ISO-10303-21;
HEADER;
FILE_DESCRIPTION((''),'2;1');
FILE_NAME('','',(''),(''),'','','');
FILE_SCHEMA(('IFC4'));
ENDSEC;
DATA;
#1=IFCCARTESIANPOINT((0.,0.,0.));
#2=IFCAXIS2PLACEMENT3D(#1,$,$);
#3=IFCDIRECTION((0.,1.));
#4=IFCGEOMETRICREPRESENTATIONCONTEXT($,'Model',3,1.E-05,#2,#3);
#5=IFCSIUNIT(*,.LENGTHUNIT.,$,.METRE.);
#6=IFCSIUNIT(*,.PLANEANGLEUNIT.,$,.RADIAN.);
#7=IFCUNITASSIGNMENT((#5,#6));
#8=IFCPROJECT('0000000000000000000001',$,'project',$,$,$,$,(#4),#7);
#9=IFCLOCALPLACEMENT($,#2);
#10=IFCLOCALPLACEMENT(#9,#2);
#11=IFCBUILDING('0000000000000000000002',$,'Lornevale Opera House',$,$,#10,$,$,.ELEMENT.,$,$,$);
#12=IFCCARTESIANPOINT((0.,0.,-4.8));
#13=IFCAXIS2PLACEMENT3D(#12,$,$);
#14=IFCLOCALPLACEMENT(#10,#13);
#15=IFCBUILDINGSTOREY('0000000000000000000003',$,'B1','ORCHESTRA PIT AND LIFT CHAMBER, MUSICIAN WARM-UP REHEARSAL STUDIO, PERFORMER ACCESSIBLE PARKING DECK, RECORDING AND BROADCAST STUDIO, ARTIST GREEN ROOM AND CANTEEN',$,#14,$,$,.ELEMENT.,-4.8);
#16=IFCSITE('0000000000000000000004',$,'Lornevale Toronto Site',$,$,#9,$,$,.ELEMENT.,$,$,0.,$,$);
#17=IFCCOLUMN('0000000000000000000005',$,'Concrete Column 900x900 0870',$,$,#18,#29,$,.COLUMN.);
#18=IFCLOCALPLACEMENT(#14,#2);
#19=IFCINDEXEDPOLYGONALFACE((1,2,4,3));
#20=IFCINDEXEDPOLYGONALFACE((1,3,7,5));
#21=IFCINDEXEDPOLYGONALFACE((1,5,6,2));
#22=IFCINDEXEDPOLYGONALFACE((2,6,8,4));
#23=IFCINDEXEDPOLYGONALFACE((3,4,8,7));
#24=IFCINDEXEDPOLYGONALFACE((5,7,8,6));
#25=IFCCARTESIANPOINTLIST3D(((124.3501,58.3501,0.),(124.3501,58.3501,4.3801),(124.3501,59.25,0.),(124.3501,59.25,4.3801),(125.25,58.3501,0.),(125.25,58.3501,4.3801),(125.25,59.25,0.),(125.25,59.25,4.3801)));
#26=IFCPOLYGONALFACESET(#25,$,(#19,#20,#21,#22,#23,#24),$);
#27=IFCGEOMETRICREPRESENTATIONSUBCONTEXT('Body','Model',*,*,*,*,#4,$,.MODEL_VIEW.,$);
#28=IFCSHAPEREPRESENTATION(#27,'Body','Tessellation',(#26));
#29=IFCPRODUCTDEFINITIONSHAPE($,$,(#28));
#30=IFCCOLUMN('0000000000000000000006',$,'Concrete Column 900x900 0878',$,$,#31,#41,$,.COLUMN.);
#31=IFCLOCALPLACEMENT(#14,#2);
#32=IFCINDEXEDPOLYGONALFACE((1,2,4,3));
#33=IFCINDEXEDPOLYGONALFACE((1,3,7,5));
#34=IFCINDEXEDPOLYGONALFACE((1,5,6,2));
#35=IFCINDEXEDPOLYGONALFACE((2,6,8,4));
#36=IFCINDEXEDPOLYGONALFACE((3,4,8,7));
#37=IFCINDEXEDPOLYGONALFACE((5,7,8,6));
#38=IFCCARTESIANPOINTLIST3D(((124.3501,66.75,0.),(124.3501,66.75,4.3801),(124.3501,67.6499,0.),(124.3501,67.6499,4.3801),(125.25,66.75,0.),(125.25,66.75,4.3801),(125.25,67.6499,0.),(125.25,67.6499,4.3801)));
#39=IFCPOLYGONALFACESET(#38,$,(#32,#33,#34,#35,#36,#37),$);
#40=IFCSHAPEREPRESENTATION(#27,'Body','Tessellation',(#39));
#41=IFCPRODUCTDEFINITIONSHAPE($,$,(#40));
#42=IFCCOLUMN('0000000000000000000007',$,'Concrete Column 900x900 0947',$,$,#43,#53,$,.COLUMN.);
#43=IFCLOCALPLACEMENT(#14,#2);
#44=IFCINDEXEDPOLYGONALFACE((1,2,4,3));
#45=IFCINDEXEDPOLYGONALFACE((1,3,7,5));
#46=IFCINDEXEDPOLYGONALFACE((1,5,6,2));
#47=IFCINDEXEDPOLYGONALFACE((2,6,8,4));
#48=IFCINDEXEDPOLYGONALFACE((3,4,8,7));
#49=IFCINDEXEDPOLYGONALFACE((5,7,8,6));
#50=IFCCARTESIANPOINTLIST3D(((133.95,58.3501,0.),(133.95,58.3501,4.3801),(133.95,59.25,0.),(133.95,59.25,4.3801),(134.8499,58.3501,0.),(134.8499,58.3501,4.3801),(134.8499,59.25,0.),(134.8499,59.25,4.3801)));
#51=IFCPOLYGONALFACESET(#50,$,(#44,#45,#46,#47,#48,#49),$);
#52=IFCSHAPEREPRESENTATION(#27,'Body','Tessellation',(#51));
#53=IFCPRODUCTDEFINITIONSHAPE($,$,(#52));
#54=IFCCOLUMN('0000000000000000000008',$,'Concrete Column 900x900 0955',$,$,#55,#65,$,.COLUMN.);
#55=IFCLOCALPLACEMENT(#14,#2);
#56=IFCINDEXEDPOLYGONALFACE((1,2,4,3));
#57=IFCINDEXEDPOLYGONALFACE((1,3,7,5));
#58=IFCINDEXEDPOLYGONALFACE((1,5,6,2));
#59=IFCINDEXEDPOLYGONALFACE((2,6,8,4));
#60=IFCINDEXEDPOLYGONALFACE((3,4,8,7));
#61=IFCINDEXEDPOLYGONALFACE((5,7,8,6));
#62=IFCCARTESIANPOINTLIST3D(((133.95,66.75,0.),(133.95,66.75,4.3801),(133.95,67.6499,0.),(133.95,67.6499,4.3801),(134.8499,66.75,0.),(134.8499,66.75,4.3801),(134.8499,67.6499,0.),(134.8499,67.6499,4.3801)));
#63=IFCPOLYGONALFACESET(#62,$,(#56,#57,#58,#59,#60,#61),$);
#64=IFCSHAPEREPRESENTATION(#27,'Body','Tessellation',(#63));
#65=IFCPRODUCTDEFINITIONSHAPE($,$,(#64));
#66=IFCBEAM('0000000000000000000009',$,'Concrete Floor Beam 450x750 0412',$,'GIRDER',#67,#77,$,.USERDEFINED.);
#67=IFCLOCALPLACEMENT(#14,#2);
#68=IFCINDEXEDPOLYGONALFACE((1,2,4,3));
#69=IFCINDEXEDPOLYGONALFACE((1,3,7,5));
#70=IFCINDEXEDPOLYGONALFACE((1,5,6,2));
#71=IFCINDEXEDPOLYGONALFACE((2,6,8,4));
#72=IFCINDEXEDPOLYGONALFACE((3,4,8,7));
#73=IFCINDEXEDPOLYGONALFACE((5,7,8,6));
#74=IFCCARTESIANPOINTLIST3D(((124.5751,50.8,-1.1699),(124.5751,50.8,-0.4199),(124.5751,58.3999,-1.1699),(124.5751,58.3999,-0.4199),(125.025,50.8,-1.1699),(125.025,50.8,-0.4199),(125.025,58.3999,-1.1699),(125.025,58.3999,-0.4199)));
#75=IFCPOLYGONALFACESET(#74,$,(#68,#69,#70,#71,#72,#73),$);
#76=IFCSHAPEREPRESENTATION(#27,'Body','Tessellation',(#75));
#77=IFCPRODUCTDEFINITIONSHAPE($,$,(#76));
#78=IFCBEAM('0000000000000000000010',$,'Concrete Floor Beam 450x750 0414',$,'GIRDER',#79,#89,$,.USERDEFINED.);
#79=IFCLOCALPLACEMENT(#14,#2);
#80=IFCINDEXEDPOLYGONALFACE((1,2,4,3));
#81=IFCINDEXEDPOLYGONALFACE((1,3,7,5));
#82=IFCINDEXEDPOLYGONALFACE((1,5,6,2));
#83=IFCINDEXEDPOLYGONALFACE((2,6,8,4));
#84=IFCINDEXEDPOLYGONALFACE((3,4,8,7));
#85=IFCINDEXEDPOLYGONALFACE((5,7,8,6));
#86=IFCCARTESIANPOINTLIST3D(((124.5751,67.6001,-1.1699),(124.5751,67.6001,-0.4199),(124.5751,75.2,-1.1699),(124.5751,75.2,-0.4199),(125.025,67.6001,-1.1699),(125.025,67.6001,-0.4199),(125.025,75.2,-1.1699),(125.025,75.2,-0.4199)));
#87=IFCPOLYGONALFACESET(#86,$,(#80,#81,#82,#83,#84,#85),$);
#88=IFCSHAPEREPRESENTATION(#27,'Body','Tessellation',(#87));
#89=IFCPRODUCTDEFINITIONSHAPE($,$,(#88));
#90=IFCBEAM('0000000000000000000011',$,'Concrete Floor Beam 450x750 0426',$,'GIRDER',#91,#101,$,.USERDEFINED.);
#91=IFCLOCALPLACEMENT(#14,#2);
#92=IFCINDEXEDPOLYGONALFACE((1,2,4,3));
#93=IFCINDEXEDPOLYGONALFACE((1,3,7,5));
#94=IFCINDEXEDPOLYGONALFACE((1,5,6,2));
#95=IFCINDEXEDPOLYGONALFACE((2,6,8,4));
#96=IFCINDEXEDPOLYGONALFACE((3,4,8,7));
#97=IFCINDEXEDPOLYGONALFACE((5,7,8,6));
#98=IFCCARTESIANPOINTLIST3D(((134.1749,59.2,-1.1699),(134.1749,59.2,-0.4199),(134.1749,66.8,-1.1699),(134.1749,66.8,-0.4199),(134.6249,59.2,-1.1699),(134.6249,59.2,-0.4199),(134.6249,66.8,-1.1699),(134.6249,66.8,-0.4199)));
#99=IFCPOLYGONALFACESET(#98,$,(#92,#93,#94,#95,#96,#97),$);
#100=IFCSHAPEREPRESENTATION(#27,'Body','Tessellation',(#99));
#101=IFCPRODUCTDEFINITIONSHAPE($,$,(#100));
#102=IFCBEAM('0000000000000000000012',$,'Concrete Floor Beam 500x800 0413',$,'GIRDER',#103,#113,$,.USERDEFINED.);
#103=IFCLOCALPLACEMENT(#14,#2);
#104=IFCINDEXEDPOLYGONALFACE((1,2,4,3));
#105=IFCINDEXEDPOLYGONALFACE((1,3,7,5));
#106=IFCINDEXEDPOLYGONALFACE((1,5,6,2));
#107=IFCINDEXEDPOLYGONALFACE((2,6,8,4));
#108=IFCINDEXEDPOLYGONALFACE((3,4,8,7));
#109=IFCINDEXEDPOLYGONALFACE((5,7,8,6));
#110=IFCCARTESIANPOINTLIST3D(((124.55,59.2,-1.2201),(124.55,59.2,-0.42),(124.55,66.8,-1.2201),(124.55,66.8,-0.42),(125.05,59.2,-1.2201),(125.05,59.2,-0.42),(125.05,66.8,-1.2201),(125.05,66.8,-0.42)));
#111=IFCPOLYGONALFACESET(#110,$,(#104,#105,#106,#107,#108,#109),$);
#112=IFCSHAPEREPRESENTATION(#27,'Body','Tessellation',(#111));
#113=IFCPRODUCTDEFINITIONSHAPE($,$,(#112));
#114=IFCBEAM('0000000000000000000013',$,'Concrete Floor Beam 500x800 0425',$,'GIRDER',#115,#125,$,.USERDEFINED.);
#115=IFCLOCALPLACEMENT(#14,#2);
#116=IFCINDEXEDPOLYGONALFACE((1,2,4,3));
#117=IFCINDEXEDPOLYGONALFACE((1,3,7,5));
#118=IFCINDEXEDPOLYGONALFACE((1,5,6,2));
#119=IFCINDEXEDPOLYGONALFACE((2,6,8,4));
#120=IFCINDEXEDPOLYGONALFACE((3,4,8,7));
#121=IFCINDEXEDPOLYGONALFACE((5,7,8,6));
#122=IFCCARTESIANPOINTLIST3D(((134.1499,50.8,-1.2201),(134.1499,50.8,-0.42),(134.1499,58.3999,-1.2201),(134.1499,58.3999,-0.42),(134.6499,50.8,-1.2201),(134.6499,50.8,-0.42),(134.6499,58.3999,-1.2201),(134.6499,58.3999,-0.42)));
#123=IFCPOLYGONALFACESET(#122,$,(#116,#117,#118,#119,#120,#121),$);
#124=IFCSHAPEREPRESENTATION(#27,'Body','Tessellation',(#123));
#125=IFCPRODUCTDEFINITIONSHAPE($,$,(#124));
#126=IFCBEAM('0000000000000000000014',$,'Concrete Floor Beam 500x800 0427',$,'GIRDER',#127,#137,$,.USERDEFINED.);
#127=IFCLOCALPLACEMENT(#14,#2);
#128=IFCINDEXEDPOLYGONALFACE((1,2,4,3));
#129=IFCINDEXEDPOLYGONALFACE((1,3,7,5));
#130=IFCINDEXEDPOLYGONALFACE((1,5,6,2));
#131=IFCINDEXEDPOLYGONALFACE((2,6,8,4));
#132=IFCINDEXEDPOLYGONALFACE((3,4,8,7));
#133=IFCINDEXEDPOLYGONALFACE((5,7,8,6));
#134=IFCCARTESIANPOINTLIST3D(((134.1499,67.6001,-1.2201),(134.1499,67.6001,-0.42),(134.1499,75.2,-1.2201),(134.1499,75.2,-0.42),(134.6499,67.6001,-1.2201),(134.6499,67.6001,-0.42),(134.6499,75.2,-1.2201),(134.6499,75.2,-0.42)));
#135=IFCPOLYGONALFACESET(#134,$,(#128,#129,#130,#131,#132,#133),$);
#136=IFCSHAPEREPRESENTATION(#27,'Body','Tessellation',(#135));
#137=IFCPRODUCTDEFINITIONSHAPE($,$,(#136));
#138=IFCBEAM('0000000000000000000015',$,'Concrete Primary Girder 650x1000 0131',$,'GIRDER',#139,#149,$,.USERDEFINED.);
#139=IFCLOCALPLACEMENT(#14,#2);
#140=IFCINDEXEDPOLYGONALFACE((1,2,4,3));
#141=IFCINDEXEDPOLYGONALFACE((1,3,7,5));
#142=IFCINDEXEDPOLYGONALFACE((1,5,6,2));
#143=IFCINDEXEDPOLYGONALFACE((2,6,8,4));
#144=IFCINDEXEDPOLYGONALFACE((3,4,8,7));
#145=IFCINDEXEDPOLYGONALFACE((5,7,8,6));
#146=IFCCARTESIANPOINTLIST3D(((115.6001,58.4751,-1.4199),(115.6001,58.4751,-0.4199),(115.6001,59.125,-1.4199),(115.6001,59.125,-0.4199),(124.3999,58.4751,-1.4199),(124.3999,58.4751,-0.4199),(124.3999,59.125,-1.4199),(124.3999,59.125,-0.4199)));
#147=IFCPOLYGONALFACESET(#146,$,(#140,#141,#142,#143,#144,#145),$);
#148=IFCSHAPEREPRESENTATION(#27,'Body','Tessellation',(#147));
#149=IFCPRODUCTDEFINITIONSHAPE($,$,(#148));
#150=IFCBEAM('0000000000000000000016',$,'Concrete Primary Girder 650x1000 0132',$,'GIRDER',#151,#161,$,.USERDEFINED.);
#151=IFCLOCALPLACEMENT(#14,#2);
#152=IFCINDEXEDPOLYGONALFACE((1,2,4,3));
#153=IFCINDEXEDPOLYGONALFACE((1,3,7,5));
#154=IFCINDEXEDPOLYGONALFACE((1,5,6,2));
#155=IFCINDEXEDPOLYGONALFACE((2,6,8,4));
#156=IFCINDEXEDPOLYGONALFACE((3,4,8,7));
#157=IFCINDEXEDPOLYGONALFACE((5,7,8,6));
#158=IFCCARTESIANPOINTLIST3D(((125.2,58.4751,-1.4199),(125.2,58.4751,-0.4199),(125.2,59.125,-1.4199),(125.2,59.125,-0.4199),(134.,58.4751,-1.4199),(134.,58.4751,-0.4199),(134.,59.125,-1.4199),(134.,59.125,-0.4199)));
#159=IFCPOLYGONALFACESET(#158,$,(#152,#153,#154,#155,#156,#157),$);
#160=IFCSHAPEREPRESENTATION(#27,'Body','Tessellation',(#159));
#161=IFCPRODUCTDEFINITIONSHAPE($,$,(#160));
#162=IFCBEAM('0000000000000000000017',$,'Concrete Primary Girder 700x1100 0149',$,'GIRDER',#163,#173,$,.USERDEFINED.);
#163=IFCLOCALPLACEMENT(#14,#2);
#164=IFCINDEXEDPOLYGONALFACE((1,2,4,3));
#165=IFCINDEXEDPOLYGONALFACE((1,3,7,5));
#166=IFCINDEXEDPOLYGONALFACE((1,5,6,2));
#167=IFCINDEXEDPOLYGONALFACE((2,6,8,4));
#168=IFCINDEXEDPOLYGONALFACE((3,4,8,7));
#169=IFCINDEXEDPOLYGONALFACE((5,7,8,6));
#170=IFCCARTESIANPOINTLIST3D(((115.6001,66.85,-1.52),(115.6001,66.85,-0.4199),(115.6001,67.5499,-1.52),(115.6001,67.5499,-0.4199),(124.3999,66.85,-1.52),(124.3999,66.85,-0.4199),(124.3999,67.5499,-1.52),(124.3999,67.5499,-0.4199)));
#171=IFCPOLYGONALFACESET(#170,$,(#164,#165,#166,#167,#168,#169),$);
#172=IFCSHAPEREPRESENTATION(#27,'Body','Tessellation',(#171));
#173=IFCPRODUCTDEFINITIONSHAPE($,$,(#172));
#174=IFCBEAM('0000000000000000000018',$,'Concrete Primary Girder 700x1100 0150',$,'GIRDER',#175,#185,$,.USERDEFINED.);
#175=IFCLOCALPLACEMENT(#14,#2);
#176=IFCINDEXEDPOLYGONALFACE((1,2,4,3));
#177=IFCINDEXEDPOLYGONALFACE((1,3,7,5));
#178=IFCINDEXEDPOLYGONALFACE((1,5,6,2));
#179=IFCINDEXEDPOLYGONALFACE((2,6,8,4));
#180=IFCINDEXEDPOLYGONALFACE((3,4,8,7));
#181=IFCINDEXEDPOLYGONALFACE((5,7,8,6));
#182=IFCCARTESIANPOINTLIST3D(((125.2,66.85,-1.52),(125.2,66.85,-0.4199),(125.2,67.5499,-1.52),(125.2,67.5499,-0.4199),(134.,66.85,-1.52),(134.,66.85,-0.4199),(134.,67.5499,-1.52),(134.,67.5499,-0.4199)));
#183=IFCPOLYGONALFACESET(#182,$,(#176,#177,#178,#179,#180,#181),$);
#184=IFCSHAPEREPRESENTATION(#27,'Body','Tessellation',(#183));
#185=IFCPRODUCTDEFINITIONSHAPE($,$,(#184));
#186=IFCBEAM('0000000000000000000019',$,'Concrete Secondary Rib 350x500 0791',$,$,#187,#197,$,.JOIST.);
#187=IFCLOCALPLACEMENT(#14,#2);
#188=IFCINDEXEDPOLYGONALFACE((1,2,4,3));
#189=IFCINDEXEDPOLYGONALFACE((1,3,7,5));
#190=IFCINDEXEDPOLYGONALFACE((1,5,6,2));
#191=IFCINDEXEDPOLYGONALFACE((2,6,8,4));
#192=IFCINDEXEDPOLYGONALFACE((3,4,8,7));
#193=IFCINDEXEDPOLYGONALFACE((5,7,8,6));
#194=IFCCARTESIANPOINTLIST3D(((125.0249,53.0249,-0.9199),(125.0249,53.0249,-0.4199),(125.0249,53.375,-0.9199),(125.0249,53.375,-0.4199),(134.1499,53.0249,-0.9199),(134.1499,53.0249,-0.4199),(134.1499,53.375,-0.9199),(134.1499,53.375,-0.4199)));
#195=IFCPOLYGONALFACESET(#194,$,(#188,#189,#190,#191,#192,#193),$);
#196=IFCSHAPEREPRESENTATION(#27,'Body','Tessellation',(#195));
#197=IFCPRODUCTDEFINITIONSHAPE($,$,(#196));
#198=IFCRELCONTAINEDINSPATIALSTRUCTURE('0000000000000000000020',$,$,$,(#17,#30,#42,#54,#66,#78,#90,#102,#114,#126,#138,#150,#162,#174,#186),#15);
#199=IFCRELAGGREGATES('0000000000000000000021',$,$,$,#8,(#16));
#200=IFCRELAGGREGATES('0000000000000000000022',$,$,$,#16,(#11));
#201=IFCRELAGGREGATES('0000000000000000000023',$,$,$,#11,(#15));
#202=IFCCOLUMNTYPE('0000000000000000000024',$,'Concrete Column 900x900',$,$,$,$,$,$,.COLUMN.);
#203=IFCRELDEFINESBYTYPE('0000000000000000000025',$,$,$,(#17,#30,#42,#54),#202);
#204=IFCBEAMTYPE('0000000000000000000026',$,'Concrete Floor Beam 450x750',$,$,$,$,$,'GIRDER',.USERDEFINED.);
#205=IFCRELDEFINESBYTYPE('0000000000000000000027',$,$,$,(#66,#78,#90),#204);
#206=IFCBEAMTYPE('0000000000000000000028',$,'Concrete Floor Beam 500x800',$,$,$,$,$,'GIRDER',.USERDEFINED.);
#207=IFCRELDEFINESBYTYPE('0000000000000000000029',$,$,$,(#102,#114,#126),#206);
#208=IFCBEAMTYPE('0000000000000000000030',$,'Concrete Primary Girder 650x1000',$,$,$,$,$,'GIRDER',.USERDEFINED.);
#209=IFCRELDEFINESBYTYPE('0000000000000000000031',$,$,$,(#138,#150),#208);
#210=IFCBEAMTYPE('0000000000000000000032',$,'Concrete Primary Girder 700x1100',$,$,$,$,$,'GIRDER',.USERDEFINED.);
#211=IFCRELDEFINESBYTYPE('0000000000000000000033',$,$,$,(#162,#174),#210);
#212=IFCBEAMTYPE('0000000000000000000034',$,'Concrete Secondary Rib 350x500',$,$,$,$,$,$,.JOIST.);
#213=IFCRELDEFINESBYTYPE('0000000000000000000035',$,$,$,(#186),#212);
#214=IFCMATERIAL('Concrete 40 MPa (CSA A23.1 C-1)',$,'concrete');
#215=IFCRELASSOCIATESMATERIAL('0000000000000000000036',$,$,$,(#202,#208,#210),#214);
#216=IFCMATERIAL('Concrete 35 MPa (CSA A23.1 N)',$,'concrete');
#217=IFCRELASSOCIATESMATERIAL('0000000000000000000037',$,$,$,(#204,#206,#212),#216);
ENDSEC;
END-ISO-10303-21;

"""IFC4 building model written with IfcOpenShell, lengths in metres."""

from ifc_helpers import new_model, si_unit, direction, frame, origin, origin_2d, place, context, subcontext, project, spatial, rectangle, extrude, material, material_profile, profile_set, type_object, element, save


model = new_model("IFC4")

# Units and contexts
model_context = context("Model", 3, precision=1e-05, world=origin(), true_north=direction((0.0, 1.0)))
body_context = subcontext(model_context, "Body", "Model", "MODEL_VIEW")
ifc_project = project(units=[si_unit("LENGTHUNIT", "METRE"), si_unit("PLANEANGLEUNIT", "RADIAN")], contexts=[model_context])

# Site, building, storey
site_placement = place(None, origin())
site = spatial("IfcSite", under=ifc_project, at=site_placement, Name="Lornevale Toronto Site", CompositionType="ELEMENT", RefElevation=0.0)
building_placement = place(site_placement, origin())
building = spatial("IfcBuilding", under=site, at=building_placement, Name="Lornevale Opera House", CompositionType="ELEMENT")
storey_placement = place(building_placement, frame((0.0, 0.0, -4.8)))
storey = spatial("IfcBuildingStorey", under=building, at=storey_placement, Name="B1", Description="ORCHESTRA PIT AND LIFT CHAMBER, MUSICIAN WARM-UP REHEARSAL STUDIO, PERFORMER ACCESSIBLE PARKING DECK, RECORDING AND BROADCAST STUDIO, ARTIST GREEN ROOM AND CANTEEN", CompositionType="ELEMENT", Elevation=-4.8)

# Columns
ifc_material_1 = material(Name="Concrete 40 MPa (CSA A23.1 C-1)", Category="concrete")
ifc_material_profile_1 = material_profile(ifc_material_1, rectangle(XDim=0.8999, YDim=0.8999, at=origin_2d()), Name="RC900x900")
ifc_profile_set_1 = profile_set([ifc_material_profile_1], Name="Concrete 40 MPa (CSA A23.1 C-1)")
column_type = type_object("IfcColumnType", Name="Concrete Column 900x900", PredefinedType="COLUMN", material=ifc_profile_set_1)
for number, where, z_axis, x_axis, name in (
    (1, (124.8, 58.8, 0.0), (0.0, 0.0, 1.0), (1.0, 0.0, 0.0), "Concrete Column 900x900 0870"),
    (2, (124.8, 67.2, 0.0), (0.0, 0.0, 1.0), (1.0, 0.0, 0.0), "Concrete Column 900x900 0878"),
    (3, (134.3999, 58.8, 0.0), (0.0, 0.0, 1.0), (1.0, 0.0, 0.0), "Concrete Column 900x900 0947"),
    (4, (134.3999, 67.2, 0.0), (0.0, 0.0, 1.0), (1.0, 0.0, 0.0), "Concrete Column 900x900 0955"),
):
    element("IfcColumn", number, at=place(storey_placement, frame(where, z_axis=z_axis, x_axis=x_axis)), inside=storey, type_object=column_type, Name=name, PredefinedType="COLUMN", context=body_context, shape_type="SweptSolid", body=[
        extrude(rectangle(XDim=0.8999, YDim=0.8999, at=origin_2d()), origin(), (0.0, 0.0, 1.0), 4.3801),
    ])

# Beams
ifc_material_2 = material(Name="Concrete 35 MPa (CSA A23.1 N)", Category="concrete")
ifc_material_profile_2 = material_profile(ifc_material_2, rectangle(XDim=0.45, YDim=0.75, at=origin_2d()), Name="RC450x750")
ifc_profile_set_2 = profile_set([ifc_material_profile_2], Name="Concrete 35 MPa (CSA A23.1 N)")
beam_type_1 = type_object("IfcBeamType", Name="Concrete Floor Beam 450x750", ElementType="GIRDER", PredefinedType="USERDEFINED", material=ifc_profile_set_2)
for number, where, z_axis, x_axis, name in (
    (5, (124.8, 50.8, -0.7949), (0.0, 1.0, 0.0), (-1.0, 0.0, 0.0), "Concrete Floor Beam 450x750 0412"),
    (6, (124.8, 67.6001, -0.7949), (0.0, 1.0, 0.0), (-1.0, 0.0, 0.0), "Concrete Floor Beam 450x750 0414"),
):
    element("IfcBeam", number, at=place(storey_placement, frame(where, z_axis=z_axis, x_axis=x_axis)), inside=storey, type_object=beam_type_1, Name=name, ObjectType="GIRDER", PredefinedType="USERDEFINED", context=body_context, shape_type="SweptSolid", body=[
        extrude(rectangle(XDim=0.45, YDim=0.75, at=origin_2d()), origin(), (0.0, 0.0, 1.0), 7.5999),
    ])
beam_1_placement = place(storey_placement, frame((134.3999, 59.2, -0.7949), z_axis=(0.0, 1.0, 0.0), x_axis=(-1.0, 0.0, 0.0)))
element("IfcBeam", 7, at=beam_1_placement, inside=storey, type_object=beam_type_1, Name="Concrete Floor Beam 450x750 0426", ObjectType="GIRDER", PredefinedType="USERDEFINED", context=body_context, shape_type="SweptSolid", body=[
    extrude(rectangle(XDim=0.45, YDim=0.75, at=origin_2d()), origin(), (0.0, 0.0, 1.0), 7.6001),
])
ifc_material_profile_3 = material_profile(ifc_material_2, rectangle(XDim=0.5, YDim=0.8, at=origin_2d()), Name="RC500x800")
ifc_profile_set_3 = profile_set([ifc_material_profile_3], Name="Concrete 35 MPa (CSA A23.1 N)")
beam_type_2 = type_object("IfcBeamType", Name="Concrete Floor Beam 500x800", ElementType="GIRDER", PredefinedType="USERDEFINED", material=ifc_profile_set_3)
beam_2_placement = place(storey_placement, frame((124.8, 59.2, -0.8201), z_axis=(0.0, 1.0, 0.0), x_axis=(-1.0, 0.0, 0.0)))
element("IfcBeam", 8, at=beam_2_placement, inside=storey, type_object=beam_type_2, Name="Concrete Floor Beam 500x800 0413", ObjectType="GIRDER", PredefinedType="USERDEFINED", context=body_context, shape_type="SweptSolid", body=[
    extrude(rectangle(XDim=0.5, YDim=0.8, at=origin_2d()), origin(), (0.0, 0.0, 1.0), 7.6001),
])
for number, where, z_axis, x_axis, name in (
    (9, (134.3999, 50.8, -0.8201), (0.0, 1.0, 0.0), (-1.0, 0.0, 0.0), "Concrete Floor Beam 500x800 0425"),
    (10, (134.3999, 67.6001, -0.8201), (0.0, 1.0, 0.0), (-1.0, 0.0, 0.0), "Concrete Floor Beam 500x800 0427"),
):
    element("IfcBeam", number, at=place(storey_placement, frame(where, z_axis=z_axis, x_axis=x_axis)), inside=storey, type_object=beam_type_2, Name=name, ObjectType="GIRDER", PredefinedType="USERDEFINED", context=body_context, shape_type="SweptSolid", body=[
        extrude(rectangle(XDim=0.5, YDim=0.8, at=origin_2d()), origin(), (0.0, 0.0, 1.0), 7.5999),
    ])
ifc_material_profile_4 = material_profile(ifc_material_1, rectangle(XDim=0.6499, YDim=1.0, at=origin_2d()), Name="RC650x1000")
ifc_profile_set_4 = profile_set([ifc_material_profile_4], Name="Concrete 40 MPa (CSA A23.1 C-1)")
beam_type_3 = type_object("IfcBeamType", Name="Concrete Primary Girder 650x1000", ElementType="GIRDER", PredefinedType="USERDEFINED", material=ifc_profile_set_4)
beam_3_placement = place(storey_placement, frame((115.6001, 58.8, -0.9199), z_axis=(1.0, 0.0, 0.0), x_axis=(0.0, 1.0, 0.0)))
element("IfcBeam", 11, at=beam_3_placement, inside=storey, type_object=beam_type_3, Name="Concrete Primary Girder 650x1000 0131", ObjectType="GIRDER", PredefinedType="USERDEFINED", context=body_context, shape_type="SweptSolid", body=[
    extrude(rectangle(XDim=0.6499, YDim=1.0, at=origin_2d()), origin(), (0.0, 0.0, 1.0), 8.7998),
])
beam_4_placement = place(storey_placement, frame((125.2, 58.8, -0.9199), z_axis=(1.0, 0.0, 0.0), x_axis=(0.0, 1.0, 0.0)))
element("IfcBeam", 12, at=beam_4_placement, inside=storey, type_object=beam_type_3, Name="Concrete Primary Girder 650x1000 0132", ObjectType="GIRDER", PredefinedType="USERDEFINED", context=body_context, shape_type="SweptSolid", body=[
    extrude(rectangle(XDim=0.6499, YDim=1.0, at=origin_2d()), origin(), (0.0, 0.0, 1.0), 8.8),
])
ifc_material_profile_5 = material_profile(ifc_material_1, rectangle(XDim=0.7, YDim=1.1001, at=origin_2d()), Name="RC700x1100")
ifc_profile_set_5 = profile_set([ifc_material_profile_5], Name="Concrete 40 MPa (CSA A23.1 C-1)")
beam_type_4 = type_object("IfcBeamType", Name="Concrete Primary Girder 700x1100", ElementType="GIRDER", PredefinedType="USERDEFINED", material=ifc_profile_set_5)
beam_5_placement = place(storey_placement, frame((115.6001, 67.2, -0.97), z_axis=(1.0, 0.0, 0.0), x_axis=(0.0, 1.0, 0.0)))
element("IfcBeam", 13, at=beam_5_placement, inside=storey, type_object=beam_type_4, Name="Concrete Primary Girder 700x1100 0149", ObjectType="GIRDER", PredefinedType="USERDEFINED", context=body_context, shape_type="SweptSolid", body=[
    extrude(rectangle(XDim=0.7, YDim=1.1001, at=origin_2d()), origin(), (0.0, 0.0, 1.0), 8.7998),
])
beam_6_placement = place(storey_placement, frame((125.2, 67.2, -0.97), z_axis=(1.0, 0.0, 0.0), x_axis=(0.0, 1.0, 0.0)))
element("IfcBeam", 14, at=beam_6_placement, inside=storey, type_object=beam_type_4, Name="Concrete Primary Girder 700x1100 0150", ObjectType="GIRDER", PredefinedType="USERDEFINED", context=body_context, shape_type="SweptSolid", body=[
    extrude(rectangle(XDim=0.7, YDim=1.1001, at=origin_2d()), origin(), (0.0, 0.0, 1.0), 8.8),
])
ifc_material_profile_6 = material_profile(ifc_material_2, rectangle(XDim=0.3501, YDim=0.5, at=origin_2d()), Name="RC350x500")
ifc_profile_set_6 = profile_set([ifc_material_profile_6], Name="Concrete 35 MPa (CSA A23.1 N)")
beam_type_5 = type_object("IfcBeamType", Name="Concrete Secondary Rib 350x500", PredefinedType="JOIST", material=ifc_profile_set_6)
for number, where, z_axis, x_axis, name in (
    (15, (125.0249, 53.2, -0.6699), (1.0, 0.0, 0.0), (0.0, 1.0, 0.0), "Concrete Secondary Rib 350x500 0791"),
):
    element("IfcBeam", number, at=place(storey_placement, frame(where, z_axis=z_axis, x_axis=x_axis)), inside=storey, type_object=beam_type_5, Name=name, PredefinedType="JOIST", context=body_context, shape_type="SweptSolid", body=[
        extrude(rectangle(XDim=0.3501, YDim=0.5, at=origin_2d()), origin(), (0.0, 0.0, 1.0), 9.125),
    ])

save(model, "model.ifc")
